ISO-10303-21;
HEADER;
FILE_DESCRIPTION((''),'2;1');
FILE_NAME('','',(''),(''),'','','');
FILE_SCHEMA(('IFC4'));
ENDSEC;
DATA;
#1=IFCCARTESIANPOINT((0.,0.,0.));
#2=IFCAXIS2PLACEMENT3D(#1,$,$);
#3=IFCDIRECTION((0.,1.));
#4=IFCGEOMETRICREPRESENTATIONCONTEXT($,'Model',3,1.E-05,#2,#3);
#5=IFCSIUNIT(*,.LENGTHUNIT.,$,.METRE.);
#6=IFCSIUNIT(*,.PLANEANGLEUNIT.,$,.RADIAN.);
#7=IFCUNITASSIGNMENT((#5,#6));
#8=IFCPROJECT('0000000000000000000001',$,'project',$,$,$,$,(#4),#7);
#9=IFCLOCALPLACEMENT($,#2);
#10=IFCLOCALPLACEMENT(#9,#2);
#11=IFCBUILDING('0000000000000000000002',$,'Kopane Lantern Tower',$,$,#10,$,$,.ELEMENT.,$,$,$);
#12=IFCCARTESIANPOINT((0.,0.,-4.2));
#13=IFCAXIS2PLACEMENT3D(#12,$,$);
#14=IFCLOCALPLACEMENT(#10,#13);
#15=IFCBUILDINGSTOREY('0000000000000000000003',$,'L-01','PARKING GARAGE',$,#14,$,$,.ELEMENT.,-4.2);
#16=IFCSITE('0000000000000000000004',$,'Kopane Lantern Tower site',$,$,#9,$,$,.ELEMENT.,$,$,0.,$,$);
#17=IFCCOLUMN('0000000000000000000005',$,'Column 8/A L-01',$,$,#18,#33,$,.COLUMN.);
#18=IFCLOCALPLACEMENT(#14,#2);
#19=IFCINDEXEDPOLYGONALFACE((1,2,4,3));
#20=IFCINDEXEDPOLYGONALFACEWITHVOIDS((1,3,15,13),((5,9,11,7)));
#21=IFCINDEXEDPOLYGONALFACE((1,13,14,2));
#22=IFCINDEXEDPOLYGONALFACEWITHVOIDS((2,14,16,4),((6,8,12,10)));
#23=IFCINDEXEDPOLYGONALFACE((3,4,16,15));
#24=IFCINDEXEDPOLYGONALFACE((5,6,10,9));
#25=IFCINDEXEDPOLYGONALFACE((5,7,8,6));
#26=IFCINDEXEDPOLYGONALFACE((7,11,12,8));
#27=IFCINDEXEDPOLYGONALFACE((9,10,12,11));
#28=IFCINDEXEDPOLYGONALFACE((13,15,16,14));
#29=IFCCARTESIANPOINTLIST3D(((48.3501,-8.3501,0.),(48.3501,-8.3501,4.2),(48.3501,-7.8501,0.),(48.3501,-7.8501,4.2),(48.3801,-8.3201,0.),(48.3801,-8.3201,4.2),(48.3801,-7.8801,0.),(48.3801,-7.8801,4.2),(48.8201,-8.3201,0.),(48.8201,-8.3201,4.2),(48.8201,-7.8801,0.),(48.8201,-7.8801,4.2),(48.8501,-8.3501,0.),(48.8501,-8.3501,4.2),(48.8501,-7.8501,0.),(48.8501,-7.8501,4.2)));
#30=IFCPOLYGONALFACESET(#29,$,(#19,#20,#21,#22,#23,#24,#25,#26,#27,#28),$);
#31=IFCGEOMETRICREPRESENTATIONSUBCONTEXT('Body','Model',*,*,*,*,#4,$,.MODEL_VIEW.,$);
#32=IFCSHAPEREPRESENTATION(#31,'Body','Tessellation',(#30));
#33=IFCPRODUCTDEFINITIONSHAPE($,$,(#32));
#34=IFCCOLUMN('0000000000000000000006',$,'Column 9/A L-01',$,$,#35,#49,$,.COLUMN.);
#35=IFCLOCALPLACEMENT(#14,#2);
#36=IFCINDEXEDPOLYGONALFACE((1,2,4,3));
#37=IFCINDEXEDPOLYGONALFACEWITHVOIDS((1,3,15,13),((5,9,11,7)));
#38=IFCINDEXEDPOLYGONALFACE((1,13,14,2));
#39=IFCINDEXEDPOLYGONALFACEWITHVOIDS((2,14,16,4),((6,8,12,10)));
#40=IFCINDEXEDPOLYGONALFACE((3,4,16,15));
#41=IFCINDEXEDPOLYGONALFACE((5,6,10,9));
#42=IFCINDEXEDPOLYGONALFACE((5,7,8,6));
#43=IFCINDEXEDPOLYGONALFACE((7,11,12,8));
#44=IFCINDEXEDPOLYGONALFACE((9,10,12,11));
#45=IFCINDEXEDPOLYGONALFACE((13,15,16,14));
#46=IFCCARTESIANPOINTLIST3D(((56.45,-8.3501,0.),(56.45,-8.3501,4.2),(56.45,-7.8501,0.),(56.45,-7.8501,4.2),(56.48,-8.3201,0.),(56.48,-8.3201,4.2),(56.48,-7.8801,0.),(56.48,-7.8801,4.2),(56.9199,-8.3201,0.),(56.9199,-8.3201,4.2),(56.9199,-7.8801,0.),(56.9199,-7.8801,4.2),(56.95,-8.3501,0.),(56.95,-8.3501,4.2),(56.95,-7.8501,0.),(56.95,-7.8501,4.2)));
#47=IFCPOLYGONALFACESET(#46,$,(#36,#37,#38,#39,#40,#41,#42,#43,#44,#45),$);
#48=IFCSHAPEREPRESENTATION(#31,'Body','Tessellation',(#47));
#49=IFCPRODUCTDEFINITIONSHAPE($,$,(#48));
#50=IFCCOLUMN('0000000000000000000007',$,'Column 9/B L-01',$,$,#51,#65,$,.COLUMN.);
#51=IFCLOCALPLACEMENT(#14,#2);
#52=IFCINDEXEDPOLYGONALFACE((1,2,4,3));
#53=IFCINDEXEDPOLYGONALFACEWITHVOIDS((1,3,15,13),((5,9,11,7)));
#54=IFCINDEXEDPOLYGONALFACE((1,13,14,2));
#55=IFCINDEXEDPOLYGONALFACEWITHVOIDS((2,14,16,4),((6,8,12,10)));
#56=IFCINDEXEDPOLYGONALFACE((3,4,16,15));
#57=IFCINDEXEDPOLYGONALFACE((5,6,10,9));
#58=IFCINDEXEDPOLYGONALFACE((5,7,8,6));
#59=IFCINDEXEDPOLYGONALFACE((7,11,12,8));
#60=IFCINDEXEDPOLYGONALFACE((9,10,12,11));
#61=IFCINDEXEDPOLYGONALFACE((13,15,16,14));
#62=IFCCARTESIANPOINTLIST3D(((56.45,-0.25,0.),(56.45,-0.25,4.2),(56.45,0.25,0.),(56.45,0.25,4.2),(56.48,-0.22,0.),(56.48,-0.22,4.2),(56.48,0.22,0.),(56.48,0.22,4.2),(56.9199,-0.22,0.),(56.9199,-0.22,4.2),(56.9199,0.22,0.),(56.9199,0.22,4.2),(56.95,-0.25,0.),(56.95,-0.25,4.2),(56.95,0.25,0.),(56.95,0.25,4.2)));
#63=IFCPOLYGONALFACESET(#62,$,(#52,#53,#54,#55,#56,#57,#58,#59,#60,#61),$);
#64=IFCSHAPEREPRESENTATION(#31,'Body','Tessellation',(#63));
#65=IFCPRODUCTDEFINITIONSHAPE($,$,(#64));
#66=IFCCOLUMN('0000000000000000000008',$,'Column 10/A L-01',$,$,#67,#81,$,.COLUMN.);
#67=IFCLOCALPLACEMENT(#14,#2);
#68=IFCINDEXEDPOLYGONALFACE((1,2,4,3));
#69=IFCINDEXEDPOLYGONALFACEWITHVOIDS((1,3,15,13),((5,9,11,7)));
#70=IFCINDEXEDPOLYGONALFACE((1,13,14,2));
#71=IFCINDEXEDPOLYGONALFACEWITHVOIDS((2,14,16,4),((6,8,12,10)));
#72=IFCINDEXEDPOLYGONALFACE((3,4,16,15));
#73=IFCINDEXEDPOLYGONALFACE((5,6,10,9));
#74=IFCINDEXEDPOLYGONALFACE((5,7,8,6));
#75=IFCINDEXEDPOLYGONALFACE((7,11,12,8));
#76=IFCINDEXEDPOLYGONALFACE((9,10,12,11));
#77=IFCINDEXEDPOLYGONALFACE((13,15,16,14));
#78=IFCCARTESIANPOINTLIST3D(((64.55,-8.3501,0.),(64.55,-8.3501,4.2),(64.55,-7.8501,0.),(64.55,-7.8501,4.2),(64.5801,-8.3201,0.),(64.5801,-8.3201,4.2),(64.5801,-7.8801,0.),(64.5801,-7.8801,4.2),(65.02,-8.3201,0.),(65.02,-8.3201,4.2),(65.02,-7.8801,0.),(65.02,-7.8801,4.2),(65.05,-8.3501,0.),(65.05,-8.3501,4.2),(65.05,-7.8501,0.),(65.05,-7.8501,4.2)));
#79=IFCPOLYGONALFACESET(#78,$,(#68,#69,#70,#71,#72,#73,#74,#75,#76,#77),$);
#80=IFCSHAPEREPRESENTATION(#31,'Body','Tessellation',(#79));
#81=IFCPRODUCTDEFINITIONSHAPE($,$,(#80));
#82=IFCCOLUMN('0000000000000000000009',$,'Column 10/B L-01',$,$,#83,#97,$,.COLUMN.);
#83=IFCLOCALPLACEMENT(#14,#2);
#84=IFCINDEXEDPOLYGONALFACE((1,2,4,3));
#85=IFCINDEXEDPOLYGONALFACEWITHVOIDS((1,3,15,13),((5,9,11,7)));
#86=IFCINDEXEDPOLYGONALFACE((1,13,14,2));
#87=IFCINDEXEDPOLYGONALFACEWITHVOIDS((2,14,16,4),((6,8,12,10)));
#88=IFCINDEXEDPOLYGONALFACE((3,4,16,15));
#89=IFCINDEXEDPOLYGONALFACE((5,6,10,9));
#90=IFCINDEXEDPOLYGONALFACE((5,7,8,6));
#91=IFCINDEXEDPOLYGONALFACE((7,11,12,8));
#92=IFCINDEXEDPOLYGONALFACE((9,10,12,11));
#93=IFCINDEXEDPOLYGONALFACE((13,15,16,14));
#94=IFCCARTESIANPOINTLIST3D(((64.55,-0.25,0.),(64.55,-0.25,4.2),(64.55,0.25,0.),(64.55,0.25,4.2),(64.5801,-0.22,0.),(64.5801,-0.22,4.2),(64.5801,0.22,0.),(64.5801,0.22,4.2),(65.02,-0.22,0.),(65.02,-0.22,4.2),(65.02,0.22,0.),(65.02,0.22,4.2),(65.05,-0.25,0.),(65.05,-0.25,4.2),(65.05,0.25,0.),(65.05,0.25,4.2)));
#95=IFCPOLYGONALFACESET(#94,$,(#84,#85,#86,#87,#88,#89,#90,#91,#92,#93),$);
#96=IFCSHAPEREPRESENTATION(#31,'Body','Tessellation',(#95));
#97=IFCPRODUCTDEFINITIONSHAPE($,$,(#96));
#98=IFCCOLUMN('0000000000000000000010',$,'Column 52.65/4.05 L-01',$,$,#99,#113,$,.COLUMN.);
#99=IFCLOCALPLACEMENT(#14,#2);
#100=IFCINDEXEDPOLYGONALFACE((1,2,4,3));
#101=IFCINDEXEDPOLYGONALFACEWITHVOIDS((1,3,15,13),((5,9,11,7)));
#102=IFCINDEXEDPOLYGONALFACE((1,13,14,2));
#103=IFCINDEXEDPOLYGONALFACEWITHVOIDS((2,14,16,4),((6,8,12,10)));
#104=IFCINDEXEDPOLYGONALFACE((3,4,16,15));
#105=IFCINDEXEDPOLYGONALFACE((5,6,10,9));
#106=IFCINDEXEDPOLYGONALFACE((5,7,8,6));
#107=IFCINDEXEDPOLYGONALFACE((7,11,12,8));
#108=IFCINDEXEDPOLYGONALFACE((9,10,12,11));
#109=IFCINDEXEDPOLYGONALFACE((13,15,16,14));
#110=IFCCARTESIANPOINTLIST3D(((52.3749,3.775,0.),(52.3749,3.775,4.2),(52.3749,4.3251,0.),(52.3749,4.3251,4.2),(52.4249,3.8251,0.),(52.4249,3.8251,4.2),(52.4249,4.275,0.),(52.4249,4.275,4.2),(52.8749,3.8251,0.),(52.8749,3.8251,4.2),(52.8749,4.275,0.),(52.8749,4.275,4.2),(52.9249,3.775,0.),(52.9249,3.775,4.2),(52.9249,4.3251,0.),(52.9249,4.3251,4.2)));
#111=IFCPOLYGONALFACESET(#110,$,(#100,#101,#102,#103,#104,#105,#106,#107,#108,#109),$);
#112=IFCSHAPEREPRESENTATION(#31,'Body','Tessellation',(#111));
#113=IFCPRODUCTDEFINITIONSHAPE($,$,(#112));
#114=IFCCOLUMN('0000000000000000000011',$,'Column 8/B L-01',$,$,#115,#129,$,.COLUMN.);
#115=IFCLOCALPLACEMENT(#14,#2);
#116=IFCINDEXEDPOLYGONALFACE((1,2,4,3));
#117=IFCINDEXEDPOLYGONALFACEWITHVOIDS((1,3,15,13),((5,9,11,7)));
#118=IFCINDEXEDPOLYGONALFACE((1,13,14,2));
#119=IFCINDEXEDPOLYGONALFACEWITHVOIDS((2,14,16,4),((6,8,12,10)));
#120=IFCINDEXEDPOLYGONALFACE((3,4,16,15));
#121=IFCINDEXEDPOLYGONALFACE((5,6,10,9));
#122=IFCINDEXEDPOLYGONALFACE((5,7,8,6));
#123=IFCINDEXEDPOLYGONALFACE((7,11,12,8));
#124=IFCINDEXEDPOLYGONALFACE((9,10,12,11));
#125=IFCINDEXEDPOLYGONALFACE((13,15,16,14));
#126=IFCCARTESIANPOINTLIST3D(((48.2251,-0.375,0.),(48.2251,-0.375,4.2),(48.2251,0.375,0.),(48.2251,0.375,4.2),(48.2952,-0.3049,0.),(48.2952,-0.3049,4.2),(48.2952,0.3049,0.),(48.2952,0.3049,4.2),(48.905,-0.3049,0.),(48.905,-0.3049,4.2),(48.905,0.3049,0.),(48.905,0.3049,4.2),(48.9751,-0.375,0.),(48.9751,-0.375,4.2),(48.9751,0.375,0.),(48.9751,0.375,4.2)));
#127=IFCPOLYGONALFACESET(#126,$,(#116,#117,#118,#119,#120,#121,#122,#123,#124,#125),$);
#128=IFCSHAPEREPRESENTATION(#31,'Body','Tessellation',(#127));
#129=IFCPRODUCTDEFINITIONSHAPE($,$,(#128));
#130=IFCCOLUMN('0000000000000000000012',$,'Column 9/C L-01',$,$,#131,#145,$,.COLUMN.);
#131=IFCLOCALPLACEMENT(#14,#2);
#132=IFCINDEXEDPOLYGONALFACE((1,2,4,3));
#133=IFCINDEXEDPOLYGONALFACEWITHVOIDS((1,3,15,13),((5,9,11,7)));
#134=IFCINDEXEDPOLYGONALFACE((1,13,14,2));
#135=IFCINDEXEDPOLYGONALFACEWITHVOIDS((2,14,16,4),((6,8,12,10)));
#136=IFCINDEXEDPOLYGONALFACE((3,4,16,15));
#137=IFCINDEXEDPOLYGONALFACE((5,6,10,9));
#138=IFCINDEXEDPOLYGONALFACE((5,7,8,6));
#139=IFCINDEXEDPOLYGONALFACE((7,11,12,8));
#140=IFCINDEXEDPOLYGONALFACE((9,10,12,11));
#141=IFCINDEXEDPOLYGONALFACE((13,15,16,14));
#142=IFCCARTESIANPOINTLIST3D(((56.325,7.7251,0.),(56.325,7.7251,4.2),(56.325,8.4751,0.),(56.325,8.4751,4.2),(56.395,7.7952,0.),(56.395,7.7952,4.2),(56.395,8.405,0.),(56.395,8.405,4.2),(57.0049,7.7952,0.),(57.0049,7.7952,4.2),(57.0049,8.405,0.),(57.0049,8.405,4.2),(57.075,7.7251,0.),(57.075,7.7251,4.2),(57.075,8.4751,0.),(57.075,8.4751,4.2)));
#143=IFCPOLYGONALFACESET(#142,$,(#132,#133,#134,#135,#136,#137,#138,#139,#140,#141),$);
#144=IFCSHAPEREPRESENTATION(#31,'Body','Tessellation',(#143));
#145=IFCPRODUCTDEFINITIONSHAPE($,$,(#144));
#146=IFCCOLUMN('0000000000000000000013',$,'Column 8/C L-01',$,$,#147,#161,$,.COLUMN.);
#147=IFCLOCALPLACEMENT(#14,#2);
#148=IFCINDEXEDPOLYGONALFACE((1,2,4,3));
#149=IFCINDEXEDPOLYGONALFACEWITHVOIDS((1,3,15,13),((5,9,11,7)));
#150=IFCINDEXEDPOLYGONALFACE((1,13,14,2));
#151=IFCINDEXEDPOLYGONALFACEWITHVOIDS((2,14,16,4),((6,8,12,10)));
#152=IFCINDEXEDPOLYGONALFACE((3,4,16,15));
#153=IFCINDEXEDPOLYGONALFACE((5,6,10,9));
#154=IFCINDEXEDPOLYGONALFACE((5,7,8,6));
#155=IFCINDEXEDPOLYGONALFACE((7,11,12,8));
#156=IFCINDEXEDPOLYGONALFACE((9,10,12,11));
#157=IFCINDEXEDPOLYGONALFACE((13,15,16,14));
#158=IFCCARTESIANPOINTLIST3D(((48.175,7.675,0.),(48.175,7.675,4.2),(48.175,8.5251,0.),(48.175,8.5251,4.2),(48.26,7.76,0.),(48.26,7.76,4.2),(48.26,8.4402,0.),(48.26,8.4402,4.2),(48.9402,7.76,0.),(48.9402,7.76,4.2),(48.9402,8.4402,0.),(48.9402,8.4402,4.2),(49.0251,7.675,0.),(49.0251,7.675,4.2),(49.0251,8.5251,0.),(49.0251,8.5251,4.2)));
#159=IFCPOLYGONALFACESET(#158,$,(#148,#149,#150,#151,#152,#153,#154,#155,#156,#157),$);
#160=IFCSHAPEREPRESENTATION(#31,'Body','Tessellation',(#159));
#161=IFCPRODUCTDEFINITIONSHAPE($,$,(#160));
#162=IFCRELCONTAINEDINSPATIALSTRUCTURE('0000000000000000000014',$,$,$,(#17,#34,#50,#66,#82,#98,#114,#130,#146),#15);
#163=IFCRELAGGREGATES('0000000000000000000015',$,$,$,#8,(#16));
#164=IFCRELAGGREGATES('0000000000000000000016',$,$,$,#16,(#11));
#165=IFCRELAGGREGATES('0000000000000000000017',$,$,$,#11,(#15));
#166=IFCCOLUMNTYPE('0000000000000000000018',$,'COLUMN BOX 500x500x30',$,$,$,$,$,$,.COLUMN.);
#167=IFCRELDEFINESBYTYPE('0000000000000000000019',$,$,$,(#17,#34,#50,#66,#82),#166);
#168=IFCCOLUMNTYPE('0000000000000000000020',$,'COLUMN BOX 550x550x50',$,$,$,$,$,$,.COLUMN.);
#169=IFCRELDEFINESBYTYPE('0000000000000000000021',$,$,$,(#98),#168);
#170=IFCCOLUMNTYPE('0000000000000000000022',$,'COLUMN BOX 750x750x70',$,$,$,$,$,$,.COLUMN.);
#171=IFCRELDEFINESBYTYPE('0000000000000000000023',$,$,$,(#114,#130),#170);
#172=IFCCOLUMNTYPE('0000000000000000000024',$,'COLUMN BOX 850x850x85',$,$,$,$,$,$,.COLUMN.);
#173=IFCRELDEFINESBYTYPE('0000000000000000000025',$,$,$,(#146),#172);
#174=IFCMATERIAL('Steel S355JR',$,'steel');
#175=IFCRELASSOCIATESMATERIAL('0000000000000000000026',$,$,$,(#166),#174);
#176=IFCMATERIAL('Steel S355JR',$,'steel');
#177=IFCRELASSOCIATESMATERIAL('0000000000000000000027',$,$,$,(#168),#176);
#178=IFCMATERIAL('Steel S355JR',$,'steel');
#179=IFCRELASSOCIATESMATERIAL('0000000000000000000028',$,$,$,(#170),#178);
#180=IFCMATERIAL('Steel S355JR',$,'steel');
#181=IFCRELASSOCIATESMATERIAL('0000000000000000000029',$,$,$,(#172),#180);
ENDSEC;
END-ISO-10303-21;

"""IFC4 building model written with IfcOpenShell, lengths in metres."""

from ifc_helpers import new_model, si_unit, direction, frame, origin, origin_2d, place, context, subcontext, project, spatial, hollow_rectangle, extrude, material, material_profile, profile_set, type_object, element, save


model = new_model("IFC4")

# Units and contexts
model_context = context("Model", 3, precision=1e-05, world=origin(), true_north=direction((0.0, 1.0)))
body_context = subcontext(model_context, "Body", "Model", "MODEL_VIEW")
ifc_project = project(units=[si_unit("LENGTHUNIT", "METRE"), si_unit("PLANEANGLEUNIT", "RADIAN")], contexts=[model_context])

# Site, building, storey
site_placement = place(None, origin())
site = spatial("IfcSite", under=ifc_project, at=site_placement, Name="Kopane Lantern Tower site", CompositionType="ELEMENT", RefElevation=0.0)
building_placement = place(site_placement, origin())
building = spatial("IfcBuilding", under=site, at=building_placement, Name="Kopane Lantern Tower", CompositionType="ELEMENT")
storey_placement = place(building_placement, frame((0.0, 0.0, -4.2)))
storey = spatial("IfcBuildingStorey", under=building, at=storey_placement, Name="L-01", Description="PARKING GARAGE", CompositionType="ELEMENT", Elevation=-4.2)

# Columns
ifc_material_1 = material(Name="Steel S355JR", Category="steel")
ifc_material_profile_1 = material_profile(ifc_material_1, hollow_rectangle(XDim=0.5, YDim=0.5, WallThickness=0.03, at=origin_2d()), Name="BOX 500x500x30")
ifc_profile_set_1 = profile_set([ifc_material_profile_1], Name="Steel S355JR")
column_type_1 = type_object("IfcColumnType", Name="COLUMN BOX 500x500x30", PredefinedType="COLUMN", material=ifc_profile_set_1)
for number, where, z_axis, x_axis, name in (
    (1, (48.6001, -8.1001, 0.0), (0.0, 0.0, 1.0), (1.0, 0.0, 0.0), "Column 8/A L-01"),
    (2, (56.7, -8.1001, 0.0), (0.0, 0.0, 1.0), (1.0, 0.0, 0.0), "Column 9/A L-01"),
    (3, (56.7, 0.0, 0.0), (0.0, 0.0, 1.0), (1.0, 0.0, 0.0), "Column 9/B L-01"),
    (4, (64.8, -8.1001, 0.0), (0.0, 0.0, 1.0), (1.0, 0.0, 0.0), "Column 10/A L-01"),
    (5, (64.8, 0.0, 0.0), (0.0, 0.0, 1.0), (1.0, 0.0, 0.0), "Column 10/B L-01"),
):
    element("IfcColumn", number, at=place(storey_placement, frame(where, z_axis=z_axis, x_axis=x_axis)), inside=storey, type_object=column_type_1, Name=name, PredefinedType="COLUMN", context=body_context, shape_type="SweptSolid", body=[
        extrude(hollow_rectangle(XDim=0.5, YDim=0.5, WallThickness=0.03, at=origin_2d()), origin(), (0.0, 0.0, 1.0), 4.2),
    ])
ifc_material_2 = material(Name="Steel S355JR", Category="steel")
ifc_material_profile_2 = material_profile(ifc_material_2, hollow_rectangle(XDim=0.55, YDim=0.55, WallThickness=0.05, at=origin_2d()), Name="BOX 550x550x50")
ifc_profile_set_2 = profile_set([ifc_material_profile_2], Name="Steel S355JR")
column_type_2 = type_object("IfcColumnType", Name="COLUMN BOX 550x550x50", PredefinedType="COLUMN", material=ifc_profile_set_2)
column_1_placement = place(storey_placement, frame((52.6499, 4.05, 0.0), z_axis=(0.0, 0.0, 1.0), x_axis=(1.0, 0.0, 0.0)))
element("IfcColumn", 6, at=column_1_placement, inside=storey, type_object=column_type_2, Name="Column 52.65/4.05 L-01", PredefinedType="COLUMN", context=body_context, shape_type="SweptSolid", body=[
    extrude(hollow_rectangle(XDim=0.55, YDim=0.55, WallThickness=0.05, at=origin_2d()), origin(), (0.0, 0.0, 1.0), 4.2),
])
ifc_material_3 = material(Name="Steel S355JR", Category="steel")
ifc_material_profile_3 = material_profile(ifc_material_3, hollow_rectangle(XDim=0.75, YDim=0.75, WallThickness=0.0701, at=origin_2d()), Name="BOX 750x750x70")
ifc_profile_set_3 = profile_set([ifc_material_profile_3], Name="Steel S355JR")
column_type_3 = type_object("IfcColumnType", Name="COLUMN BOX 750x750x70", PredefinedType="COLUMN", material=ifc_profile_set_3)
for number, where, z_axis, x_axis, name in (
    (7, (48.6001, 0.0, 0.0), (0.0, 0.0, 1.0), (1.0, 0.0, 0.0), "Column 8/B L-01"),
    (8, (56.7, 8.1001, 0.0), (0.0, 0.0, 1.0), (1.0, 0.0, 0.0), "Column 9/C L-01"),
):
    element("IfcColumn", number, at=place(storey_placement, frame(where, z_axis=z_axis, x_axis=x_axis)), inside=storey, type_object=column_type_3, Name=name, PredefinedType="COLUMN", context=body_context, shape_type="SweptSolid", body=[
        extrude(hollow_rectangle(XDim=0.75, YDim=0.75, WallThickness=0.0701, at=origin_2d()), origin(), (0.0, 0.0, 1.0), 4.2),
    ])
ifc_material_4 = material(Name="Steel S355JR", Category="steel")
ifc_material_profile_4 = material_profile(ifc_material_4, hollow_rectangle(XDim=0.8501, YDim=0.8501, WallThickness=0.085, at=origin_2d()), Name="BOX 850x850x85")
ifc_profile_set_4 = profile_set([ifc_material_profile_4], Name="Steel S355JR")
column_type_4 = type_object("IfcColumnType", Name="COLUMN BOX 850x850x85", PredefinedType="COLUMN", material=ifc_profile_set_4)
column_2_placement = place(storey_placement, frame((48.6001, 8.1001, 0.0), z_axis=(0.0, 0.0, 1.0), x_axis=(1.0, 0.0, 0.0)))
element("IfcColumn", 9, at=column_2_placement, inside=storey, type_object=column_type_4, Name="Column 8/C L-01", PredefinedType="COLUMN", context=body_context, shape_type="SweptSolid", body=[
    extrude(hollow_rectangle(XDim=0.8501, YDim=0.8501, WallThickness=0.085, at=origin_2d()), origin(), (0.0, 0.0, 1.0), 4.2),
])

save(model, "model.ifc")
